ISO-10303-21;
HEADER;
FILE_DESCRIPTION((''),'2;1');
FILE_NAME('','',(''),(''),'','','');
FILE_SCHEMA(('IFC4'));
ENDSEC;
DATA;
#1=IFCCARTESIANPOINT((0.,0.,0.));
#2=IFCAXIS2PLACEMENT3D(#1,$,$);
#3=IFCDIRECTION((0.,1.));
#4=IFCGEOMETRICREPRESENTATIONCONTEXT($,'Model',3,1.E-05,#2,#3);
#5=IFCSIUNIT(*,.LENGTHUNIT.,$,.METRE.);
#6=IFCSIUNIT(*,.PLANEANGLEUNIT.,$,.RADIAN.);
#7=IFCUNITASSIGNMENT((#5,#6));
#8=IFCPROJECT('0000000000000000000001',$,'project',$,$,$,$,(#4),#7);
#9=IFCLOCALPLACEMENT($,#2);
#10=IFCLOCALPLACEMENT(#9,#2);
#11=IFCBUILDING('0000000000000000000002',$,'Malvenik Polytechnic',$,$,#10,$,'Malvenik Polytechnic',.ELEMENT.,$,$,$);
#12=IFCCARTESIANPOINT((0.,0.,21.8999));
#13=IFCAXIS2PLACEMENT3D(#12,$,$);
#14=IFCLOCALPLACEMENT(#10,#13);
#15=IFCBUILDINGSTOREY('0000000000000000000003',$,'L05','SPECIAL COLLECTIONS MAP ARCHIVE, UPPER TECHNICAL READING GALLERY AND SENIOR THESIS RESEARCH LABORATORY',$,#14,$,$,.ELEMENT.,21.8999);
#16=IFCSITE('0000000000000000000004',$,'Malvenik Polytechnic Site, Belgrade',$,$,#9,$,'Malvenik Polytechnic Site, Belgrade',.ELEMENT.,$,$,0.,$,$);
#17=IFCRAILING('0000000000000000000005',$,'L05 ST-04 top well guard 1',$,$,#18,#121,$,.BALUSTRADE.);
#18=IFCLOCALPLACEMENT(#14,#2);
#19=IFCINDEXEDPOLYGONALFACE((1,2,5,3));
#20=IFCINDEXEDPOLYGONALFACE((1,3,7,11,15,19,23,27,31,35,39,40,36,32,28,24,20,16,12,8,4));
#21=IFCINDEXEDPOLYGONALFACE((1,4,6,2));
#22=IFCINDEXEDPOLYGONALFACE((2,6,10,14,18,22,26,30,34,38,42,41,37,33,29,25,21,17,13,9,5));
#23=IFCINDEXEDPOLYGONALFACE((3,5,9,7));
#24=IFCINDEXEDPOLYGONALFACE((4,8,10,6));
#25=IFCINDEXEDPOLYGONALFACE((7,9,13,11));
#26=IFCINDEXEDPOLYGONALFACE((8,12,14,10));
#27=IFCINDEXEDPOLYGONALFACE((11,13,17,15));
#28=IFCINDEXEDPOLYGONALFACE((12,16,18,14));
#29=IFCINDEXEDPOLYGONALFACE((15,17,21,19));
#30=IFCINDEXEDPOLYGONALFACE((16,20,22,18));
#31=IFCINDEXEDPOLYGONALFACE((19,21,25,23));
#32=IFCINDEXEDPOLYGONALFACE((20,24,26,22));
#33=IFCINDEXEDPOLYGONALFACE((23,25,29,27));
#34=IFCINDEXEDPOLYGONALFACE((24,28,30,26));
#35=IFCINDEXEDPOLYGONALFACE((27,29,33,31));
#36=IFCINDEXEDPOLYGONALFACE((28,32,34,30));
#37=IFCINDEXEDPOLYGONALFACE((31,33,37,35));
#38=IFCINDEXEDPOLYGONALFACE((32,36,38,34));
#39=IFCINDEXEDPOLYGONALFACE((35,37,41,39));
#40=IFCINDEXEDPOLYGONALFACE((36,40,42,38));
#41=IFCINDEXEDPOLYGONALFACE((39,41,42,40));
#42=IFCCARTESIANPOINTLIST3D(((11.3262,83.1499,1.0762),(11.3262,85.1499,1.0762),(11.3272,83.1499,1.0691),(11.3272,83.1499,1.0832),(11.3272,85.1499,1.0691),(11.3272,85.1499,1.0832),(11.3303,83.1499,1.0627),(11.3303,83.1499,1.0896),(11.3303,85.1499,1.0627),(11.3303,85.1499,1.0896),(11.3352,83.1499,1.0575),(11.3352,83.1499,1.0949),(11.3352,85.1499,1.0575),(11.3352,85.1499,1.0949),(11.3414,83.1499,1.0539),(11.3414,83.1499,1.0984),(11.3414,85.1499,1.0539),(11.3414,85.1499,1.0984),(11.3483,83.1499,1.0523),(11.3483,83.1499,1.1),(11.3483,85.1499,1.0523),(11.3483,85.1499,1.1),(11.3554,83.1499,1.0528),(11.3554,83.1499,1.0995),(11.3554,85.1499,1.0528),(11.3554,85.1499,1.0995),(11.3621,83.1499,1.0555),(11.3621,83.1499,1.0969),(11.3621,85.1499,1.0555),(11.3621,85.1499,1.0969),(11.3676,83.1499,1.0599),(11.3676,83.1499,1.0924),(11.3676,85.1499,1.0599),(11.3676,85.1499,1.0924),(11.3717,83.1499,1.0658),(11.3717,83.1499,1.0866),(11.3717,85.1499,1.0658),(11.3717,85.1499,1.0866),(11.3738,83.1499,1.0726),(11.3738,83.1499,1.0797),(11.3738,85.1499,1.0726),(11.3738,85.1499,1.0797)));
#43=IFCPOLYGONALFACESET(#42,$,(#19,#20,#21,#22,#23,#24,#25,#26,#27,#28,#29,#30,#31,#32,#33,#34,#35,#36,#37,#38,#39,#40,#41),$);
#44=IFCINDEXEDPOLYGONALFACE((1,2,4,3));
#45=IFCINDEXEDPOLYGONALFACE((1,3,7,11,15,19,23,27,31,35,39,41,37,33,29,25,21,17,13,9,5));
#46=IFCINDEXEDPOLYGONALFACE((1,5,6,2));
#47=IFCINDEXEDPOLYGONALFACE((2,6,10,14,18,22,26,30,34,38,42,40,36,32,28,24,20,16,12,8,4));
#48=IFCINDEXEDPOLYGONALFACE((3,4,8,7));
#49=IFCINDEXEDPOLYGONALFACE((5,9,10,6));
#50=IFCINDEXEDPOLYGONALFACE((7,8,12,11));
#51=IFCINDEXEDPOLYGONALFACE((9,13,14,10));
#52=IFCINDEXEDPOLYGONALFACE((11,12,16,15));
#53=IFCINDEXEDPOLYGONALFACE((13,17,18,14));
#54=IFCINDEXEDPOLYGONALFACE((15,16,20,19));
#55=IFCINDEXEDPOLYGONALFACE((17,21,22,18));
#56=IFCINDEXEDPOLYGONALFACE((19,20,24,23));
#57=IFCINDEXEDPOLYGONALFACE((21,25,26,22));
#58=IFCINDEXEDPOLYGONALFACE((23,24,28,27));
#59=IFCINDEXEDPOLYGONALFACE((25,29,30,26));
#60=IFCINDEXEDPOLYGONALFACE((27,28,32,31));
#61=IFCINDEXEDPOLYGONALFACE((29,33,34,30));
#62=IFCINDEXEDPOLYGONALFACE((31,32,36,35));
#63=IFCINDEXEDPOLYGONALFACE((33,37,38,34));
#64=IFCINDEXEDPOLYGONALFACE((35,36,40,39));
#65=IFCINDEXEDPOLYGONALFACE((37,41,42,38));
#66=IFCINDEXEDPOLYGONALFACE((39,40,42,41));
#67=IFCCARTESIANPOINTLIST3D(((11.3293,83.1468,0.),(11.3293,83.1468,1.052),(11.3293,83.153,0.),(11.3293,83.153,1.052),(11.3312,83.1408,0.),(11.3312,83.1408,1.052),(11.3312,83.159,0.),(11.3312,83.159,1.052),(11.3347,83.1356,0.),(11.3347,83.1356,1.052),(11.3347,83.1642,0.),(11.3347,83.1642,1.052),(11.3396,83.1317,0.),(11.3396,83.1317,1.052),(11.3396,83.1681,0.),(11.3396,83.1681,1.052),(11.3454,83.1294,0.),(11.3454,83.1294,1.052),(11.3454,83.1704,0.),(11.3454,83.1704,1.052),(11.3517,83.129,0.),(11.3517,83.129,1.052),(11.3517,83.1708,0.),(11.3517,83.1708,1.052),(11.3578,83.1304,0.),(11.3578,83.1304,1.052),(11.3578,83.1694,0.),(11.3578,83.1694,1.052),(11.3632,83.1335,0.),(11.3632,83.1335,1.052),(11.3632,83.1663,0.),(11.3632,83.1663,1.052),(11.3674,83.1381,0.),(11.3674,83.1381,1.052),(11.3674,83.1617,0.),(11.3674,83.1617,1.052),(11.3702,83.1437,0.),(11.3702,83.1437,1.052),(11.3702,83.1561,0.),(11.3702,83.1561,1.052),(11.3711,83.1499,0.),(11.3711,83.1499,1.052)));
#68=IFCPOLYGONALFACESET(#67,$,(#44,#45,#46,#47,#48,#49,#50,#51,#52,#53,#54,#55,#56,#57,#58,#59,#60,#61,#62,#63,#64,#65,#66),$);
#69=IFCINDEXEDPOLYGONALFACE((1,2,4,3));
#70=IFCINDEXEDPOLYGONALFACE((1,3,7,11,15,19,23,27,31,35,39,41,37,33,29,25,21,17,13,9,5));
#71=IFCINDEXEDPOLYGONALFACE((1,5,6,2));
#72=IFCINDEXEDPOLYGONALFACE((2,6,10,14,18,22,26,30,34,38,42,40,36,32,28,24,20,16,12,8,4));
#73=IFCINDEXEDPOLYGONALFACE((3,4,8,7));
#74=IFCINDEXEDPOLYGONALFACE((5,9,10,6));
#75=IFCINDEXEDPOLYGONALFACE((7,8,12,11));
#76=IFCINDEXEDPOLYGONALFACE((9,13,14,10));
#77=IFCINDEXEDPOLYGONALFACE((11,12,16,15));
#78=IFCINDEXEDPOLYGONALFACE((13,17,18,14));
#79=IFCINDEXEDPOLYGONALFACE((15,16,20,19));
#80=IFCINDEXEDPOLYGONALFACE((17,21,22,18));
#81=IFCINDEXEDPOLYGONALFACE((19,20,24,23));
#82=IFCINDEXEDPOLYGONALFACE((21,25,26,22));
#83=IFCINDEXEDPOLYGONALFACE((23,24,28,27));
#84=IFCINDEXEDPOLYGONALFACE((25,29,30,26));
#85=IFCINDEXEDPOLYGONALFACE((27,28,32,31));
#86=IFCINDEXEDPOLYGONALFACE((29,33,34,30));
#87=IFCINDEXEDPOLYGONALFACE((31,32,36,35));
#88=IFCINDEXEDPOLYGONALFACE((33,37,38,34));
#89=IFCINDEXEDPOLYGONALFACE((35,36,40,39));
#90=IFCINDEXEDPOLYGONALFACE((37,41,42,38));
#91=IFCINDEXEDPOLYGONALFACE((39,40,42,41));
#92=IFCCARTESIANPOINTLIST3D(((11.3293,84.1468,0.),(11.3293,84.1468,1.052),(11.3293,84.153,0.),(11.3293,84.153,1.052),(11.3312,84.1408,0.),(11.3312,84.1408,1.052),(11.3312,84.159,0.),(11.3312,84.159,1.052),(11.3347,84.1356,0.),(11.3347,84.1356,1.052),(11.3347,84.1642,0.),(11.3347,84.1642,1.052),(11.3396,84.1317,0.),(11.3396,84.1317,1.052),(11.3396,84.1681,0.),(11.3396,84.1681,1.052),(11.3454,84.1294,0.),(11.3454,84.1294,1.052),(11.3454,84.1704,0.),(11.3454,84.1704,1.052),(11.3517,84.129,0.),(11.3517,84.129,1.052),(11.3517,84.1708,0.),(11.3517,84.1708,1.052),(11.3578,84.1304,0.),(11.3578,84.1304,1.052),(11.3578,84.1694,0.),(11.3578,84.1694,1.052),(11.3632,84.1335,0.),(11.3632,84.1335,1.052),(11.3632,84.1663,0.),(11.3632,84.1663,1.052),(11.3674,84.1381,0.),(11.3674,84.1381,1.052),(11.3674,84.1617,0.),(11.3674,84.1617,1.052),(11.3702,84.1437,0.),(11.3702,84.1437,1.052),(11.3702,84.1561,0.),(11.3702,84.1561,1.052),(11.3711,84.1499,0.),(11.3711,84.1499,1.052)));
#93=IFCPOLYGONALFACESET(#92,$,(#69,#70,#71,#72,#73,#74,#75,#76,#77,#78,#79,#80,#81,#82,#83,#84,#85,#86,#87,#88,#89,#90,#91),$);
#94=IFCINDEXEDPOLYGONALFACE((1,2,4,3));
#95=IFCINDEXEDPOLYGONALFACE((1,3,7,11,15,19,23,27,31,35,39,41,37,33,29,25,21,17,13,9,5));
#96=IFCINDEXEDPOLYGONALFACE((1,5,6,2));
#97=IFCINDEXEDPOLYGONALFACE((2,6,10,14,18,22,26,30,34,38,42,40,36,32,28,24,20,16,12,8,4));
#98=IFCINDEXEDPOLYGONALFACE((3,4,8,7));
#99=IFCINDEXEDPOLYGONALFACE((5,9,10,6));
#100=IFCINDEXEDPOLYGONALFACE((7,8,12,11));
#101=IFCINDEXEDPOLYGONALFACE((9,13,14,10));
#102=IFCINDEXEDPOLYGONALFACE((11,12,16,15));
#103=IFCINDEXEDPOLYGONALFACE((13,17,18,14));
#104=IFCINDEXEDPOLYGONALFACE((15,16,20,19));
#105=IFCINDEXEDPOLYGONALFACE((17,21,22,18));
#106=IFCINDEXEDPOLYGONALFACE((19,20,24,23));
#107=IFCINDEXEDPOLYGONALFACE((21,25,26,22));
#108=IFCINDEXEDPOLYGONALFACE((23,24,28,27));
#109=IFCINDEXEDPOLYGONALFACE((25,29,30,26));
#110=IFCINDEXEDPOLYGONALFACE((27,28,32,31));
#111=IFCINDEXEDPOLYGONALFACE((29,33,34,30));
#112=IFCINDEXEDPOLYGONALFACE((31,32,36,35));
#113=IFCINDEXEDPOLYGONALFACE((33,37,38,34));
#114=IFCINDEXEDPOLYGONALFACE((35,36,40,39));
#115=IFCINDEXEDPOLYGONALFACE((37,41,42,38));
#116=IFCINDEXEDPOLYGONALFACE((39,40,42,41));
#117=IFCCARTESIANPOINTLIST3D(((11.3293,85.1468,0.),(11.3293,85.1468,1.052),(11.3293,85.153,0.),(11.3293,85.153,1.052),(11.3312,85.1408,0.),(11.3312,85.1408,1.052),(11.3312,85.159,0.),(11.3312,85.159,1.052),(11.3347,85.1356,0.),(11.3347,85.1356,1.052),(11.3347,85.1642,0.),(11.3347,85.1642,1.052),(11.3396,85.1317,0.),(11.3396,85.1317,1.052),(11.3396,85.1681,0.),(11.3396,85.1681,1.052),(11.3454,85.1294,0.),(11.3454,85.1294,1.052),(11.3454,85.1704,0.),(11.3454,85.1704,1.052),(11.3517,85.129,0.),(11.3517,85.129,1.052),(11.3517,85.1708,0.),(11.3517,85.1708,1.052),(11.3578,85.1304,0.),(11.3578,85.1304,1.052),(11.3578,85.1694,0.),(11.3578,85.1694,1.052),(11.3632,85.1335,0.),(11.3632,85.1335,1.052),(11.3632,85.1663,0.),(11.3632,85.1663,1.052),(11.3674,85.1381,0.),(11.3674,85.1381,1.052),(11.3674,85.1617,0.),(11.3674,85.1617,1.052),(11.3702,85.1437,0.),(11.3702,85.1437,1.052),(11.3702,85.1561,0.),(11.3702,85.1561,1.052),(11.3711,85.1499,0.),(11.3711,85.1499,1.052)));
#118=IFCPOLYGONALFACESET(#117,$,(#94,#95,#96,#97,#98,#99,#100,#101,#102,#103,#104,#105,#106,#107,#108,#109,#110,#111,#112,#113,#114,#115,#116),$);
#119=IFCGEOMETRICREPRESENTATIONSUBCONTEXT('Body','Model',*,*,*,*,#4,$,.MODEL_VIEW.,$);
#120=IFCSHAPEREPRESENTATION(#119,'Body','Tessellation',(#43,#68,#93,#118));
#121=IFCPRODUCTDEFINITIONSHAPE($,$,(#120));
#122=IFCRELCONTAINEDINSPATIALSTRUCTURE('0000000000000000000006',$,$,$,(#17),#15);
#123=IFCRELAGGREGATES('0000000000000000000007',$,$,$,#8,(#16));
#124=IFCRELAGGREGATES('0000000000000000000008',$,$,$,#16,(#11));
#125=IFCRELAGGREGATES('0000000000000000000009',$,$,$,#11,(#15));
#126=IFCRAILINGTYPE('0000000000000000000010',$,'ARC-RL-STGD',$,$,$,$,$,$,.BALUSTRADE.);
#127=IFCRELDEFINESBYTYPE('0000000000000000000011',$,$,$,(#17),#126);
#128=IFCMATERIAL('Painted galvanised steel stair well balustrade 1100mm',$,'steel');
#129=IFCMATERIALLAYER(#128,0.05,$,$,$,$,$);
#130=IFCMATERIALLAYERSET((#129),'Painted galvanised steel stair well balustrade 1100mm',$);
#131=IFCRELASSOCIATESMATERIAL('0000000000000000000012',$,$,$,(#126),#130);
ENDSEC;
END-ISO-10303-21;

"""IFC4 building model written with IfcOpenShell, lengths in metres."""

from ifc_helpers import new_model, si_unit, direction, frame, origin, origin_2d, place, context, subcontext, project, spatial, circle, extrude, material, layer, layer_set, type_object, element, save


model = new_model("IFC4")

# Units and contexts
model_context = context("Model", 3, precision=1e-05, world=origin(), true_north=direction((0.0, 1.0)))
body_context = subcontext(model_context, "Body", "Model", "MODEL_VIEW")
ifc_project = project(units=[si_unit("LENGTHUNIT", "METRE"), si_unit("PLANEANGLEUNIT", "RADIAN")], contexts=[model_context])

# Site, building, storey
site_placement = place(None, origin())
site = spatial("IfcSite", under=ifc_project, at=site_placement, Name="Malvenik Polytechnic Site, Belgrade", LongName="Malvenik Polytechnic Site, Belgrade", CompositionType="ELEMENT", RefElevation=0.0)
building_placement = place(site_placement, origin())
building = spatial("IfcBuilding", under=site, at=building_placement, Name="Malvenik Polytechnic", LongName="Malvenik Polytechnic", CompositionType="ELEMENT")
storey_placement = place(building_placement, frame((0.0, 0.0, 21.8999)))
storey = spatial("IfcBuildingStorey", under=building, at=storey_placement, Name="L05", Description="SPECIAL COLLECTIONS MAP ARCHIVE, UPPER TECHNICAL READING GALLERY AND SENIOR THESIS RESEARCH LABORATORY", CompositionType="ELEMENT", Elevation=21.8999)

# Railing
ifc_material_1 = material(Name="Painted galvanised steel stair well balustrade 1100mm", Category="steel")
ifc_layer_1 = layer(ifc_material_1, 0.05)
ifc_layer_set_1 = layer_set([ifc_layer_1], Name="Painted galvanised steel stair well balustrade 1100mm")
railing_type = type_object("IfcRailingType", Name="ARC-RL-STGD", PredefinedType="BALUSTRADE", material=ifc_layer_set_1)
railing_placement = place(storey_placement, frame((11.3501, 83.1499, 0.0)))
element("IfcRailing", 1, at=railing_placement, inside=storey, type_object=railing_type, Name="L05 ST-04 top well guard 1", PredefinedType="BALUSTRADE", context=body_context, shape_type="SweptSolid", body=[
    extrude(circle(Radius=0.0239, at=origin_2d()), frame((0.0, 0.0, 1.0762), z_axis=(0.0, 1.0, 0.0), x_axis=(-1.0, 0.0, 0.0)), (0.0, 0.0, 1.0), 2.0),
    extrude(circle(Radius=0.021, at=origin_2d()), origin(), (0.0, 0.0, 1.0), 1.052),
    extrude(circle(Radius=0.021, at=origin_2d()), frame((0.0, 1.0, 0.0)), (0.0, 0.0, 1.0), 1.052),
    extrude(circle(Radius=0.021, at=origin_2d()), frame((0.0, 2.0, 0.0)), (0.0, 0.0, 1.0), 1.052),
])

save(model, "model.ifc")
